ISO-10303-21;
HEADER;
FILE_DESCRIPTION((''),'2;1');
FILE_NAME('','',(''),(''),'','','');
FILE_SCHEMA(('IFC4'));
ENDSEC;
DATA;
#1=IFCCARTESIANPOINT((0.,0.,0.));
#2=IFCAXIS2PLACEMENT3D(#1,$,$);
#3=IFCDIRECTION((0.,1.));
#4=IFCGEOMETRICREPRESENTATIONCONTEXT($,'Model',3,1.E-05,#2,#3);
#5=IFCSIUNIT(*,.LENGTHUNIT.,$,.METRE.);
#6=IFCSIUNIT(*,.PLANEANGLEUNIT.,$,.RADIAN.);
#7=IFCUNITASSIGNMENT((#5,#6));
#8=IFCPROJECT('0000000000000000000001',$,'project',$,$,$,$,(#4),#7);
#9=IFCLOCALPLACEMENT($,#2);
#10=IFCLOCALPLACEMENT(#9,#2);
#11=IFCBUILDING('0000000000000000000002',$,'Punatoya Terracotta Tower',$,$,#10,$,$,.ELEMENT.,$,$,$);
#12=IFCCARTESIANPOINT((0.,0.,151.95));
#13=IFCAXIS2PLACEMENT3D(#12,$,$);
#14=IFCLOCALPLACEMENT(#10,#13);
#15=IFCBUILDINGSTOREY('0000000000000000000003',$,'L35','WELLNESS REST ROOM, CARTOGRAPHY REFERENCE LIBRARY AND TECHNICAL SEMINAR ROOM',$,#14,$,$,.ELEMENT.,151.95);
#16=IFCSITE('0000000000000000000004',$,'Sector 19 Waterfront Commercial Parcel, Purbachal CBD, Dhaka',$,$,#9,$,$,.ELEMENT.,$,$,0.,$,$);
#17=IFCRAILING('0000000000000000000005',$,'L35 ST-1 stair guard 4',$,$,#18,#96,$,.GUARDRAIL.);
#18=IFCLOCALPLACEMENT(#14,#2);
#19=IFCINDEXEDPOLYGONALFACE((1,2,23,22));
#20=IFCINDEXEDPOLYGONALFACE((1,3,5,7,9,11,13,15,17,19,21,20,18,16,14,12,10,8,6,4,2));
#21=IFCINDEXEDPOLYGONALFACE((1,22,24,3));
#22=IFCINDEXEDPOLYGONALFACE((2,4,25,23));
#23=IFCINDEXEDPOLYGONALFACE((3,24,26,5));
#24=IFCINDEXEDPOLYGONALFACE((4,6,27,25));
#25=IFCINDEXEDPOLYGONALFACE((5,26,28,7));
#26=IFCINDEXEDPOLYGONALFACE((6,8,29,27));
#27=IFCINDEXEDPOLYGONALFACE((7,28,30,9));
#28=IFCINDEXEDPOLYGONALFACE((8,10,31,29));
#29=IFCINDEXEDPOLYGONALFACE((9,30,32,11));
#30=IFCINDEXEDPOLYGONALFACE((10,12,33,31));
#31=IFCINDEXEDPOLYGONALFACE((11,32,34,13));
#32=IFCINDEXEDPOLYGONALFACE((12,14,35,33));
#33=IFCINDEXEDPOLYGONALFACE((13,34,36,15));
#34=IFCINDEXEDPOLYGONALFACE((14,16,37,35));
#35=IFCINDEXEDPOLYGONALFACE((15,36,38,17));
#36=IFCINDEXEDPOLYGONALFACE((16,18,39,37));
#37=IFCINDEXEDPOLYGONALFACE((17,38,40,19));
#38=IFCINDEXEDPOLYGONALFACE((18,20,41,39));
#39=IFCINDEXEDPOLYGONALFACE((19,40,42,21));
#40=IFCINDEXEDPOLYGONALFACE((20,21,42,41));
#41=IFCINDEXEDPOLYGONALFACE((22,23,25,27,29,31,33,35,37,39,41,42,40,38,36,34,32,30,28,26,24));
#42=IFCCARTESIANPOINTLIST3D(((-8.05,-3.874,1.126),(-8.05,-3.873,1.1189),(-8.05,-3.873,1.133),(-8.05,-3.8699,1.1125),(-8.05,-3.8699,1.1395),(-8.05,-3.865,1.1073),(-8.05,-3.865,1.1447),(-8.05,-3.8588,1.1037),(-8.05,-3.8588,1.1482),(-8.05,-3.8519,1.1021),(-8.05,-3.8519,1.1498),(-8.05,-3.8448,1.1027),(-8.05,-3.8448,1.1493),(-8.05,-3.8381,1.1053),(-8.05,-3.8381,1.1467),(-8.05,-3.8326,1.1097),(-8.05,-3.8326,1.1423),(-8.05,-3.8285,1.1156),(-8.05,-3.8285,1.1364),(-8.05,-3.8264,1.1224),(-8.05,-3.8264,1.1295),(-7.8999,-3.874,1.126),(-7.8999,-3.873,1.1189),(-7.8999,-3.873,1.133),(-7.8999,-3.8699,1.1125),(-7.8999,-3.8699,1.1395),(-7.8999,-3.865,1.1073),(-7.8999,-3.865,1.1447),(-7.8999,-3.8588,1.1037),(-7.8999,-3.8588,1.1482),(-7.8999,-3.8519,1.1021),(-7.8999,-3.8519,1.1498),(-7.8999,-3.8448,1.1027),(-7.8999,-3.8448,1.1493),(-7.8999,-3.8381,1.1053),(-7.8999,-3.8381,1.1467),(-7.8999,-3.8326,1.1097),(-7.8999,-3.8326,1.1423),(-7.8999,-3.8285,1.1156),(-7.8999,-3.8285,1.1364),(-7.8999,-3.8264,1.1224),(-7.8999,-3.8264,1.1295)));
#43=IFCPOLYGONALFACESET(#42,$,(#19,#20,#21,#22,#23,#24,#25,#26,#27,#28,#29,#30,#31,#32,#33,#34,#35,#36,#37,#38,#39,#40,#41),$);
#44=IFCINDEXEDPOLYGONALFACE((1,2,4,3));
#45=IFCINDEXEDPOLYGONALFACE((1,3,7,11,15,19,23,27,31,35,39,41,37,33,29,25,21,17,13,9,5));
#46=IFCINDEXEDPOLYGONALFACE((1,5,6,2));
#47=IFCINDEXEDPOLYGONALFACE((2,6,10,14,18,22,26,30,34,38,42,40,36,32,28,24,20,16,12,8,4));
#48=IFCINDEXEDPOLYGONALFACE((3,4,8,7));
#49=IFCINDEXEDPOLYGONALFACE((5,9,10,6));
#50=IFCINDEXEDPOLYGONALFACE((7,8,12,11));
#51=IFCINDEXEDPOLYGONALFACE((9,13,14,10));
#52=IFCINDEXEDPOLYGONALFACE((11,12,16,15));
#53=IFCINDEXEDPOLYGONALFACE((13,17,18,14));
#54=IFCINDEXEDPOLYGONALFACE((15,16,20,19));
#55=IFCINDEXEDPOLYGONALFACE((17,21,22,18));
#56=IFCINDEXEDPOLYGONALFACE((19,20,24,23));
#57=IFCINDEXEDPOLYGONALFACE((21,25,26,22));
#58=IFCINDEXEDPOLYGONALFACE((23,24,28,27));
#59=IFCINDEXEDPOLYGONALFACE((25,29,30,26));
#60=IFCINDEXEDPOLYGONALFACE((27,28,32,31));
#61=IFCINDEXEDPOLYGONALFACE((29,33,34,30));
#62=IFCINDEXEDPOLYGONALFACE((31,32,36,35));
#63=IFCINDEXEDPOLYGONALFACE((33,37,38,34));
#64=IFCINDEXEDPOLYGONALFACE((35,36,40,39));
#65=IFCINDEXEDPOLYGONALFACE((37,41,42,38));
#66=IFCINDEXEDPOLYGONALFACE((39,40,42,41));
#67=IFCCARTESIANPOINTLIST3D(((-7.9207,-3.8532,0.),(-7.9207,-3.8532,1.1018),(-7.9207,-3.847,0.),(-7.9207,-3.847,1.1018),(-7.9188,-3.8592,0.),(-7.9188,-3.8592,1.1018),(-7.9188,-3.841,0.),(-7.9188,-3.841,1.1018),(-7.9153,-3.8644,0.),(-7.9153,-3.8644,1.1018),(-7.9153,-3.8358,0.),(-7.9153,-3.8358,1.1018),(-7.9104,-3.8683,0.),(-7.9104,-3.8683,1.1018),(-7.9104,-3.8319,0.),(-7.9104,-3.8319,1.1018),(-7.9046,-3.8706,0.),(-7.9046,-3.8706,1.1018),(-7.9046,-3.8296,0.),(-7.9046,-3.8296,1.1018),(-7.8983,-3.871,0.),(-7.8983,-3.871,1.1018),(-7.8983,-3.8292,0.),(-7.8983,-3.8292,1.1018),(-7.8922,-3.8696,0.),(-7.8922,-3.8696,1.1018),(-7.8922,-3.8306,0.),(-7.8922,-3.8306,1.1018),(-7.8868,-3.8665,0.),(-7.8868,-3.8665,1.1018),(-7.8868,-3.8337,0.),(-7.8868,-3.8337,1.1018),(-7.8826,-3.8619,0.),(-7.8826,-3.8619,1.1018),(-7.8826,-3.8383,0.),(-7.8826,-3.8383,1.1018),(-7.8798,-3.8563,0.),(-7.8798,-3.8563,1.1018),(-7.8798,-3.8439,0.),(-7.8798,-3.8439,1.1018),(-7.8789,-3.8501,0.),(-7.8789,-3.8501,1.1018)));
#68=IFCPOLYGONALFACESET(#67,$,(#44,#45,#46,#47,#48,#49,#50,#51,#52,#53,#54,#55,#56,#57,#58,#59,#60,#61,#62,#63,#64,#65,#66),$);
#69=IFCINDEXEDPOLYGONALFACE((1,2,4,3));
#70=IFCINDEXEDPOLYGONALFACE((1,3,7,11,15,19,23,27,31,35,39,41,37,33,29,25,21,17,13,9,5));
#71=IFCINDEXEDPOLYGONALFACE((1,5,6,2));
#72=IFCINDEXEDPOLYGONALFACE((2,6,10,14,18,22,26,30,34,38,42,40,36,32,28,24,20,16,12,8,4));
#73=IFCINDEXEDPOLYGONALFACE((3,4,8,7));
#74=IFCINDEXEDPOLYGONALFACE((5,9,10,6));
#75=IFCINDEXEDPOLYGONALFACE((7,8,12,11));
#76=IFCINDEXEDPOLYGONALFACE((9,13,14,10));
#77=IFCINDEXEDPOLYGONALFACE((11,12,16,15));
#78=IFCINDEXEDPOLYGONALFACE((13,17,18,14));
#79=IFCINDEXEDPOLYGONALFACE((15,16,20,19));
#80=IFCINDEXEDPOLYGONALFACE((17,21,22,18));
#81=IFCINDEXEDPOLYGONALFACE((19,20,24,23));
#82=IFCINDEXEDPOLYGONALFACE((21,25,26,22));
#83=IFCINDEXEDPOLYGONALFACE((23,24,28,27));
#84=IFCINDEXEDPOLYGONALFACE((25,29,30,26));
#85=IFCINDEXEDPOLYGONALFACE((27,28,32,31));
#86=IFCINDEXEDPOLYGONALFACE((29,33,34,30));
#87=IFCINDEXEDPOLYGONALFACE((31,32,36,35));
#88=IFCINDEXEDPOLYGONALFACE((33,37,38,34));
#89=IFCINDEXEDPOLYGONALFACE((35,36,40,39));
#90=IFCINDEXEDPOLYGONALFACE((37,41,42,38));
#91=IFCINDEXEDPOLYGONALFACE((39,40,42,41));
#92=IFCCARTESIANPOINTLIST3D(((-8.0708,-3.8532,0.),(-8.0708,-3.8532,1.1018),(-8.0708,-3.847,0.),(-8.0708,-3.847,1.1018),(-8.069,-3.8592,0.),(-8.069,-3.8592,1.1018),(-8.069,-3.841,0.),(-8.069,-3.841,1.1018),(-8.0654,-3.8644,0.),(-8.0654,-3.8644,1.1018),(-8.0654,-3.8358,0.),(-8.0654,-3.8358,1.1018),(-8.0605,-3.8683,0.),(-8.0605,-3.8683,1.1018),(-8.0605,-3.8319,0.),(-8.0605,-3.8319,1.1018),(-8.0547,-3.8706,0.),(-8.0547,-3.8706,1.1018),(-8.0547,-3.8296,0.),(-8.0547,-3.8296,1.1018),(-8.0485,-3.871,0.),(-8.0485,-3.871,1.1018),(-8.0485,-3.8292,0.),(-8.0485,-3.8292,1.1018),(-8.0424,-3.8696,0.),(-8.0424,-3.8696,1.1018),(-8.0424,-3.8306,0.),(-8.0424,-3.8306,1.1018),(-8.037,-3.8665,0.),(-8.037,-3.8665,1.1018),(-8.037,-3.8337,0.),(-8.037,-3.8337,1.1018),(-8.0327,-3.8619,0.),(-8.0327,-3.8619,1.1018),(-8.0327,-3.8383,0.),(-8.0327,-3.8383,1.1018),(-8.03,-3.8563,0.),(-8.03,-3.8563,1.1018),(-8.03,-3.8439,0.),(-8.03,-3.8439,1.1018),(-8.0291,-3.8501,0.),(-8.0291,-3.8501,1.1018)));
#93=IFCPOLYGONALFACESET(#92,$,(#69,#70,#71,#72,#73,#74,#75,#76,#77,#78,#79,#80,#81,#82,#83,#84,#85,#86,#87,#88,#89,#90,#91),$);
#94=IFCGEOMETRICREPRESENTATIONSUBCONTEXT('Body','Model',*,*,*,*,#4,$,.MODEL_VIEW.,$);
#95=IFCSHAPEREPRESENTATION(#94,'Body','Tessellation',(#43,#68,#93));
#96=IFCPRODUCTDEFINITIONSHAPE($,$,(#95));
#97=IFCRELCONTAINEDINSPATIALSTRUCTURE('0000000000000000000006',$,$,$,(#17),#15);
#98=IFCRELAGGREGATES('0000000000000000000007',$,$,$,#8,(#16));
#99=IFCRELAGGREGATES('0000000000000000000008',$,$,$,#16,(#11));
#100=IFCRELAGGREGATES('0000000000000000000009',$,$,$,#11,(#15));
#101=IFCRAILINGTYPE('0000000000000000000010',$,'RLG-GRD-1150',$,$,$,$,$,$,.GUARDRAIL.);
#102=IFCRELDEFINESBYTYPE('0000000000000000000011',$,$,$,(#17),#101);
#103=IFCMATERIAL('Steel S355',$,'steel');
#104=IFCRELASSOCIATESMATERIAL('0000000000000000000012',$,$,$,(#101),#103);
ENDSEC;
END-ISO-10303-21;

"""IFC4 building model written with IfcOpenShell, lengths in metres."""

from ifc_helpers import new_model, si_unit, direction, frame, origin, origin_2d, place, context, subcontext, project, spatial, circle, extrude, material, type_object, element, save


model = new_model("IFC4")

# Units and contexts
model_context = context("Model", 3, precision=1e-05, world=origin(), true_north=direction((0.0, 1.0)))
body_context = subcontext(model_context, "Body", "Model", "MODEL_VIEW")
ifc_project = project(units=[si_unit("LENGTHUNIT", "METRE"), si_unit("PLANEANGLEUNIT", "RADIAN")], contexts=[model_context])

# Site, building, storey
site_placement = place(None, origin())
site = spatial("IfcSite", under=ifc_project, at=site_placement, Name="Sector 19 Waterfront Commercial Parcel, Purbachal CBD, Dhaka", CompositionType="ELEMENT", RefElevation=0.0)
building_placement = place(site_placement, origin())
building = spatial("IfcBuilding", under=site, at=building_placement, Name="Punatoya Terracotta Tower", CompositionType="ELEMENT")
storey_placement = place(building_placement, frame((0.0, 0.0, 151.95)))
storey = spatial("IfcBuildingStorey", under=building, at=storey_placement, Name="L35", Description="WELLNESS REST ROOM, CARTOGRAPHY REFERENCE LIBRARY AND TECHNICAL SEMINAR ROOM", CompositionType="ELEMENT", Elevation=151.95)

# Shared definitions
ifc_material_1 = material(Name="Steel S355", Category="steel")

# Railing
railing_type_1 = type_object("IfcRailingType", Name="RLG-GRD-1150", PredefinedType="GUARDRAIL", material=ifc_material_1)
railing_1_placement = place(storey_placement, frame((-7.8999, -3.8501, 0.0)))
element("IfcRailing", 1, at=railing_1_placement, inside=storey, type_object=railing_type_1, Name="L35 ST-1 stair guard 4", PredefinedType="GUARDRAIL", context=body_context, shape_type="SweptSolid", body=[
    extrude(circle(Radius=0.0239, at=origin_2d()), frame((0.0, 0.0, 1.126), z_axis=(-1.0, 0.0, 0.0), x_axis=(0.0, -1.0, 0.0)), (0.0, 0.0, 1.0), 0.1501),
    extrude(circle(Radius=0.021, at=origin_2d()), origin(), (0.0, 0.0, 1.0), 1.1018),
    extrude(circle(Radius=0.021, at=origin_2d()), frame((-0.1501, 0.0, 0.0)), (0.0, 0.0, 1.0), 1.1018),
])

save(model, "model.ifc")
